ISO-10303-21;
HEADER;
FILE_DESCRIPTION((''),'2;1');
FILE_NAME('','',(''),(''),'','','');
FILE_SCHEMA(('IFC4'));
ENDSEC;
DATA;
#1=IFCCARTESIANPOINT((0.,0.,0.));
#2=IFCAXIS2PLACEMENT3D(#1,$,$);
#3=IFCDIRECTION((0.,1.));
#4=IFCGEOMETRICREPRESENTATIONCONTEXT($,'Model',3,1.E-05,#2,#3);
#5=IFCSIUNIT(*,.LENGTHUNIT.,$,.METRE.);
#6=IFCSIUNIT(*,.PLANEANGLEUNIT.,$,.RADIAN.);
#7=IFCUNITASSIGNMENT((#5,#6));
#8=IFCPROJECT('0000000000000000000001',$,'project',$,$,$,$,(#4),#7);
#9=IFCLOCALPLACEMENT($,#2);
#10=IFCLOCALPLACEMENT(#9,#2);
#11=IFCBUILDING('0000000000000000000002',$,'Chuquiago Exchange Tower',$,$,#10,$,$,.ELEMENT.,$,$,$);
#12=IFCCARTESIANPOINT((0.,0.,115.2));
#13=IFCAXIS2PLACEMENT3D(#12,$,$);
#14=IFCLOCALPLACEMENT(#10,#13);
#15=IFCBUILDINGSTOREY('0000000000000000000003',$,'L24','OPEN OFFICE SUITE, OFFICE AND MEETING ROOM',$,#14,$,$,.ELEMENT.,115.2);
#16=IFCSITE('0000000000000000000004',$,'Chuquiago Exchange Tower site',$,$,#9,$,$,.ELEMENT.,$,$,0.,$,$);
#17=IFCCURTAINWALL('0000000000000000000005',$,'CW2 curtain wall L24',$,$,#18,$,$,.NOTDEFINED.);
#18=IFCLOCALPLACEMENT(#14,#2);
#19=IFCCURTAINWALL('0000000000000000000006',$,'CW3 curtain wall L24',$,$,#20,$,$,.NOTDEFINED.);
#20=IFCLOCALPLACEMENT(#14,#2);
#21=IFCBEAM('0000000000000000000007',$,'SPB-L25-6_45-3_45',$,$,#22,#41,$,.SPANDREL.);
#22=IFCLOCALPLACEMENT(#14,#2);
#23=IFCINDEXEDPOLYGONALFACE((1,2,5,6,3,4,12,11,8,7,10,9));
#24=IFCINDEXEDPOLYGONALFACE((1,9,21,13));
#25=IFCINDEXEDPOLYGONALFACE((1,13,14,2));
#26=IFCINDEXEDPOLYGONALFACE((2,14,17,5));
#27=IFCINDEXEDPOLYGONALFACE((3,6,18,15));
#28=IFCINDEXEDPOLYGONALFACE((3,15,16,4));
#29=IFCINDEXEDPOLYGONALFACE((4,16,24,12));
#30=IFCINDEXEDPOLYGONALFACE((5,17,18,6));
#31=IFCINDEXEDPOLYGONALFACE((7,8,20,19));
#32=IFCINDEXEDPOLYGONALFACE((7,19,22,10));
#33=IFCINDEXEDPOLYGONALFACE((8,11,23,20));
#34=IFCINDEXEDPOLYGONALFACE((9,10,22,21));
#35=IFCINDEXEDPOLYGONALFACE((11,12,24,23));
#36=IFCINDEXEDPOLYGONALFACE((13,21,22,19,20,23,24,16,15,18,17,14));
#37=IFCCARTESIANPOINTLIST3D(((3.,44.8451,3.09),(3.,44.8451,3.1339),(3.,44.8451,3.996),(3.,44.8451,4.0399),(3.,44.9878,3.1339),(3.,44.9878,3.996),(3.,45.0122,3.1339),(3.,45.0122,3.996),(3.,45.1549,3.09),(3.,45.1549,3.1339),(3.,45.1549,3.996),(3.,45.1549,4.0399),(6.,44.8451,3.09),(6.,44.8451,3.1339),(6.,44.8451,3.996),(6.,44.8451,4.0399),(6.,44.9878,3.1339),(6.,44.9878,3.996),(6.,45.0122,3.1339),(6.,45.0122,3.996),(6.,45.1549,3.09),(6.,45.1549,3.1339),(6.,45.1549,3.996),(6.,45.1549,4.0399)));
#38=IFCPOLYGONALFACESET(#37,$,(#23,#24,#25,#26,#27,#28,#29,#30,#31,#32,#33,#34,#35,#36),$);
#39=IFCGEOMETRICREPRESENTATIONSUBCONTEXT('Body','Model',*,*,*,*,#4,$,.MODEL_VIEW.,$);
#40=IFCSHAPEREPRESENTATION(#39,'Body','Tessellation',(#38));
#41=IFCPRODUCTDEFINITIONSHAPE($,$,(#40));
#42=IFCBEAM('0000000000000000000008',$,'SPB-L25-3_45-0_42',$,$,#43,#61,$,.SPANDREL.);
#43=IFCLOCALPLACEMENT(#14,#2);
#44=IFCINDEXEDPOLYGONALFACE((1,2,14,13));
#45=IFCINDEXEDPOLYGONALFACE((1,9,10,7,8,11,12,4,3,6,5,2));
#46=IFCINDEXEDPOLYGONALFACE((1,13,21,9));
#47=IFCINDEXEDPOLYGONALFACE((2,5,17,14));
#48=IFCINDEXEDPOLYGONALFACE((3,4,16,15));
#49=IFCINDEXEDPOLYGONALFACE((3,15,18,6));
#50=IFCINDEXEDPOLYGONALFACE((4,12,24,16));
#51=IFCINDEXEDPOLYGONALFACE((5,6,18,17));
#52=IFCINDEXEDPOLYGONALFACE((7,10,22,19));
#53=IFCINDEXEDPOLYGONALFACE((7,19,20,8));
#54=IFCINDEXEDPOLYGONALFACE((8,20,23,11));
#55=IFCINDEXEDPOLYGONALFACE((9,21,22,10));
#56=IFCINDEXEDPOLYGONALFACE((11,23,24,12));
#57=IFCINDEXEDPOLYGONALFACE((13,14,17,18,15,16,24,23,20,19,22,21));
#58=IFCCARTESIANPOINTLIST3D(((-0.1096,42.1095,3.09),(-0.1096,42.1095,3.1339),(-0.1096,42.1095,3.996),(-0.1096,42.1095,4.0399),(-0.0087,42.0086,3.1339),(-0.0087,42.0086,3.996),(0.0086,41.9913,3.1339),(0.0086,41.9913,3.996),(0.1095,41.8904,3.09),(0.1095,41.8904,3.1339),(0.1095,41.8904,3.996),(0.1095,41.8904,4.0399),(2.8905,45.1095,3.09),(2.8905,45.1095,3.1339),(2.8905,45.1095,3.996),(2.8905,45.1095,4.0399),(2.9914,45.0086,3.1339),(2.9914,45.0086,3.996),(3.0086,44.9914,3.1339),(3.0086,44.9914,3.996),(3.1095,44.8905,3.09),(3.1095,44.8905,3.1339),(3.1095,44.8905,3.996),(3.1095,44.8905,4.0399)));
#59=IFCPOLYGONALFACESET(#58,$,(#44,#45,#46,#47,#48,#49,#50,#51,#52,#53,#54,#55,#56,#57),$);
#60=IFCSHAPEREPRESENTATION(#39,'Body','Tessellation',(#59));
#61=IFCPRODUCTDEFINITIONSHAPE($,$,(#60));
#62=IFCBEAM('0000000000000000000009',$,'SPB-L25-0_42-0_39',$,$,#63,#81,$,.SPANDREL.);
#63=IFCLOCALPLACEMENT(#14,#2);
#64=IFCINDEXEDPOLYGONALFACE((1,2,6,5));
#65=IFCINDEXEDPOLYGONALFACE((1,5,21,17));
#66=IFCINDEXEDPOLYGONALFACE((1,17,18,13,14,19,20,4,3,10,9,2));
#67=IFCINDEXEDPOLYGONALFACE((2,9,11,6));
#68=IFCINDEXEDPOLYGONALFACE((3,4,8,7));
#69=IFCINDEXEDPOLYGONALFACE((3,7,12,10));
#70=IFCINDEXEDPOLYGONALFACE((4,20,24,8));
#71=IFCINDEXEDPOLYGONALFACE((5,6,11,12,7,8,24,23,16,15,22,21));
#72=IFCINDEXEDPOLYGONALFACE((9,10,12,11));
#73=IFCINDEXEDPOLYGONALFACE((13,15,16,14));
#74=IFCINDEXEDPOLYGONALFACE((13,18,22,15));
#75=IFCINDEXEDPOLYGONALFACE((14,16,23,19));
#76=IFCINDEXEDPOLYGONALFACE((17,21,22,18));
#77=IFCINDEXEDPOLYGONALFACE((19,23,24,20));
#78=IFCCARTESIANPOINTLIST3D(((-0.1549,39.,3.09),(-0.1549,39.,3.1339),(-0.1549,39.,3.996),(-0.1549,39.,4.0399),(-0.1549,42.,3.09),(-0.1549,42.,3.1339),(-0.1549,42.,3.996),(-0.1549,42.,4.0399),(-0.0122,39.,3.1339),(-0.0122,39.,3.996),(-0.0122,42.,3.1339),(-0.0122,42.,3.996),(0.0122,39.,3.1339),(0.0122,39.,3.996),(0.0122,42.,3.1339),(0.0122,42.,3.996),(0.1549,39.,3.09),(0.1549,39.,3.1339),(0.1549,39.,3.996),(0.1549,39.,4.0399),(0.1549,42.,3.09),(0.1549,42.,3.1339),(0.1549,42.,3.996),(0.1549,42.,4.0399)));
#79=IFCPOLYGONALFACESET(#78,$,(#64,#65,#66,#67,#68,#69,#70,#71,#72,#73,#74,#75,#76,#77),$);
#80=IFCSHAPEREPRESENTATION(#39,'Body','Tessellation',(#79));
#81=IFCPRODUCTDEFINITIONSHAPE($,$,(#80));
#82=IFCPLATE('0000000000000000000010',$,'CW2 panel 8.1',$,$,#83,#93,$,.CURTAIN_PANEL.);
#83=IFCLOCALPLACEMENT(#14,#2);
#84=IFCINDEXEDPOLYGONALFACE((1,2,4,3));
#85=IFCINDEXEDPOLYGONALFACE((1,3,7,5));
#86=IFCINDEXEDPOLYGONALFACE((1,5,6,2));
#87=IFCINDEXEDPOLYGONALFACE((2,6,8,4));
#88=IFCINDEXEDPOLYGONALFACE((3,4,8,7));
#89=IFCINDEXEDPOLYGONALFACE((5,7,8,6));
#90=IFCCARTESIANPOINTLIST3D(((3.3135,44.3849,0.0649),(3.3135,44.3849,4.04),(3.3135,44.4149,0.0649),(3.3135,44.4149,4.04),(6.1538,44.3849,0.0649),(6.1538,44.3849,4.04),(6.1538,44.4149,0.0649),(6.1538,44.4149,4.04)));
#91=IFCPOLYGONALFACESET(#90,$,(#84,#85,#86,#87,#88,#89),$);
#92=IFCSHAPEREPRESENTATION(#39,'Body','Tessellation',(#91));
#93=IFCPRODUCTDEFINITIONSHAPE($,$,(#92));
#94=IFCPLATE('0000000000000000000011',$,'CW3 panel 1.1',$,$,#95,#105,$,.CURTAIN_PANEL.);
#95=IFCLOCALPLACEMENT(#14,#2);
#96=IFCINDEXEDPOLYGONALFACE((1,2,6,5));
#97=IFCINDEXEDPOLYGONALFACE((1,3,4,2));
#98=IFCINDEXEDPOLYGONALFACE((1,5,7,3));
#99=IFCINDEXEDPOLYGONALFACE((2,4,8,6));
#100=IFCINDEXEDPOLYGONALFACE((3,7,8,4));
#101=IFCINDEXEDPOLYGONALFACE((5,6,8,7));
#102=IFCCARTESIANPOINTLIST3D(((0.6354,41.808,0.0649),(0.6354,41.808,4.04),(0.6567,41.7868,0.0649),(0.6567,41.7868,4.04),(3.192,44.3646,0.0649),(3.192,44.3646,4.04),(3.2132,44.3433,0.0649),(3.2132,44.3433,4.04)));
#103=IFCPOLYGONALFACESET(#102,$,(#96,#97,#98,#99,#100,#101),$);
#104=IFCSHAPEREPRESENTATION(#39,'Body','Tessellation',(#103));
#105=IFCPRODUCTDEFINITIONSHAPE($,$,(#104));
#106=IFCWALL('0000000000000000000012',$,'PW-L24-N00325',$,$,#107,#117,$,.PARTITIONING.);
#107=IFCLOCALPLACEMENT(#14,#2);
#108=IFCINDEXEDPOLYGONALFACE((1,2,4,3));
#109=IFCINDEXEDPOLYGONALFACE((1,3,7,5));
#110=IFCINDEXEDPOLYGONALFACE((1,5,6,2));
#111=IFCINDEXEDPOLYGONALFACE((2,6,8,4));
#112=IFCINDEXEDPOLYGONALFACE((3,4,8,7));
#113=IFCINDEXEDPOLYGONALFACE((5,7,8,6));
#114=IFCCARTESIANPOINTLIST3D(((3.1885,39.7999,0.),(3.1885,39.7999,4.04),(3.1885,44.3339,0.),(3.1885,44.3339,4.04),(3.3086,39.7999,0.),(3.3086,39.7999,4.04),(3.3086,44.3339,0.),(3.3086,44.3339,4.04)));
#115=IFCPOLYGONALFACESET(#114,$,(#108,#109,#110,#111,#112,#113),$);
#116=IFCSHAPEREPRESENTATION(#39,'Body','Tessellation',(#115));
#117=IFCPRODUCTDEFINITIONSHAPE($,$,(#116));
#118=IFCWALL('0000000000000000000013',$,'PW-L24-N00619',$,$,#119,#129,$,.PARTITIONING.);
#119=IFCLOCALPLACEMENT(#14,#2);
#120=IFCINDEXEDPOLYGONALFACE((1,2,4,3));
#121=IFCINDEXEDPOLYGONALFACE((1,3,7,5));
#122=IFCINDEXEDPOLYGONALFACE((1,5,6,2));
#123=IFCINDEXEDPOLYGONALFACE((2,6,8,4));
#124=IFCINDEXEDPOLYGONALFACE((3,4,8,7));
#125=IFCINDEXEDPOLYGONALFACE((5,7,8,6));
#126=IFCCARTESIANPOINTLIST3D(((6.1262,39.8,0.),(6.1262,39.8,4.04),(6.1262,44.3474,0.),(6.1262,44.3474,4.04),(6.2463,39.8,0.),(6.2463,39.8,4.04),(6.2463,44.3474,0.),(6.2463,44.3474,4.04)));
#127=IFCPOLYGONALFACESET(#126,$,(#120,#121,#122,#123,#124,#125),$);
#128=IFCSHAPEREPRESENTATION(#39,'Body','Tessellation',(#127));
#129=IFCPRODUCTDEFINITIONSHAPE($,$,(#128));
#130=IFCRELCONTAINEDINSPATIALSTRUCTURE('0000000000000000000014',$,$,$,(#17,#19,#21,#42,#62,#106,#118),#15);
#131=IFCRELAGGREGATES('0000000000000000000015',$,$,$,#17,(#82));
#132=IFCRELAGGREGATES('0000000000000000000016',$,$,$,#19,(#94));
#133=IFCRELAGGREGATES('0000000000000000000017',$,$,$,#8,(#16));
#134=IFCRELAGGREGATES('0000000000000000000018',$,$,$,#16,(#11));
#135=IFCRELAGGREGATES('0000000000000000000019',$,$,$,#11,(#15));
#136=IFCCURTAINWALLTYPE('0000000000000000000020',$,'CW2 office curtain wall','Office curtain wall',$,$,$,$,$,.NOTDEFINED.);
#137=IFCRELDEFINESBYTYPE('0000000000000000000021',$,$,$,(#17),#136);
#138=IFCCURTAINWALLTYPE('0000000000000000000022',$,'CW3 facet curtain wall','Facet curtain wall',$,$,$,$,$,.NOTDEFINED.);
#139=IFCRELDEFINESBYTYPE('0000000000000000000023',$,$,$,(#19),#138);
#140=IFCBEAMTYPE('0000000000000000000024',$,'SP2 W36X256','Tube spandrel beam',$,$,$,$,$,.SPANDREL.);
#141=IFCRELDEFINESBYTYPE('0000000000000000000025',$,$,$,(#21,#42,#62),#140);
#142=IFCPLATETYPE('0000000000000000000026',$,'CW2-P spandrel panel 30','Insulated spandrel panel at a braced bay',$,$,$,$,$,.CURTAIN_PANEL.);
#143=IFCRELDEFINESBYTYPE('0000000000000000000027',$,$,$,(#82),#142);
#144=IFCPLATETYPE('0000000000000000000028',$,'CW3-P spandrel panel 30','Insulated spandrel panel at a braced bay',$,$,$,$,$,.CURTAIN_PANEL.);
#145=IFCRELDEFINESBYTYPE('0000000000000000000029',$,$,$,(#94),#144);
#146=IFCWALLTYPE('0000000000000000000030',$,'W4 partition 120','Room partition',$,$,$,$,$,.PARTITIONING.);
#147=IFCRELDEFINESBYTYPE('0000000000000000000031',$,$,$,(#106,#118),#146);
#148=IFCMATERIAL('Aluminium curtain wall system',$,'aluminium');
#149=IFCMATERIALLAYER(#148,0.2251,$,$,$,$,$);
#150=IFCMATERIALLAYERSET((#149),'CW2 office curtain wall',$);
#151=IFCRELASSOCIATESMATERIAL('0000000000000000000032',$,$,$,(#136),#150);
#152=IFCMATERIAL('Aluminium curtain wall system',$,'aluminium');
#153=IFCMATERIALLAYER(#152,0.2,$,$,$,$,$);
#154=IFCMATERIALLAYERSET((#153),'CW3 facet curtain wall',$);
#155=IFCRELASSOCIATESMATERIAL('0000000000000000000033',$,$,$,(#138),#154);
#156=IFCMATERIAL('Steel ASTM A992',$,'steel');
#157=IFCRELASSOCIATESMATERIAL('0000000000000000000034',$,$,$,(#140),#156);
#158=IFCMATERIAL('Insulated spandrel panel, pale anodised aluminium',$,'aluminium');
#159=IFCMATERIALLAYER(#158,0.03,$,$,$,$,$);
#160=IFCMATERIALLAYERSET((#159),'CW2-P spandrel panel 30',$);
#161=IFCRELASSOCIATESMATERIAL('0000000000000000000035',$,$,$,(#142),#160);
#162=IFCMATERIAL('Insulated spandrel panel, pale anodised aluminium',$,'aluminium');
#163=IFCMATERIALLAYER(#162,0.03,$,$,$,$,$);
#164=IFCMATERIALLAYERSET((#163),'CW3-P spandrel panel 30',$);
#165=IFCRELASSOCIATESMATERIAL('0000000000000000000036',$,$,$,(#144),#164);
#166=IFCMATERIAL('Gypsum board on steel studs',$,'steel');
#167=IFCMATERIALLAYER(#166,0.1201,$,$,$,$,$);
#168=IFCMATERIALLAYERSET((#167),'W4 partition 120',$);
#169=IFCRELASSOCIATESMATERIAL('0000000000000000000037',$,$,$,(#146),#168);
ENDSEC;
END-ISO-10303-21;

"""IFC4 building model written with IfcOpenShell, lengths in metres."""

from ifc_helpers import new_model, si_unit, direction, frame, frame_2d, origin, origin_2d, place, context, subcontext, project, spatial, rectangle, i_section, extrude, material, layer, layer_set, material_profile, profile_set, type_object, element, aggregate, save


model = new_model("IFC4")

# Units and contexts
model_context = context("Model", 3, precision=1e-05, world=origin(), true_north=direction((0.0, 1.0)))
body_context = subcontext(model_context, "Body", "Model", "MODEL_VIEW")
ifc_project = project(units=[si_unit("LENGTHUNIT", "METRE"), si_unit("PLANEANGLEUNIT", "RADIAN")], contexts=[model_context])

# Site, building, storey
site_placement = place(None, origin())
site = spatial("IfcSite", under=ifc_project, at=site_placement, Name="Chuquiago Exchange Tower site", CompositionType="ELEMENT", RefElevation=0.0)
building_placement = place(site_placement, origin())
building = spatial("IfcBuilding", under=site, at=building_placement, Name="Chuquiago Exchange Tower", CompositionType="ELEMENT")
storey_placement = place(building_placement, frame((0.0, 0.0, 115.2)))
storey = spatial("IfcBuildingStorey", under=building, at=storey_placement, Name="L24", Description="OPEN OFFICE SUITE, OFFICE AND MEETING ROOM", CompositionType="ELEMENT", Elevation=115.2)

# Curtain walls
ifc_material_1 = material(Name="Aluminium curtain wall system", Category="aluminium")
ifc_layer_1 = layer(ifc_material_1, 0.2251)
ifc_layer_set_1 = layer_set([ifc_layer_1], Name="CW2 office curtain wall")
curtain_wall_type_1 = type_object("IfcCurtainWallType", Name="CW2 office curtain wall", Description="Office curtain wall", PredefinedType="NOTDEFINED", material=ifc_layer_set_1)
curtain_wall_1_placement = place(storey_placement, origin())
curtain_wall_1 = element("IfcCurtainWall", 1, at=curtain_wall_1_placement, inside=storey, type_object=curtain_wall_type_1, Name="CW2 curtain wall L24", PredefinedType="NOTDEFINED")
ifc_material_2 = material(Name="Aluminium curtain wall system", Category="aluminium")
ifc_layer_2 = layer(ifc_material_2, 0.2)
ifc_layer_set_2 = layer_set([ifc_layer_2], Name="CW3 facet curtain wall")
curtain_wall_type_2 = type_object("IfcCurtainWallType", Name="CW3 facet curtain wall", Description="Facet curtain wall", PredefinedType="NOTDEFINED", material=ifc_layer_set_2)
curtain_wall_2_placement = place(storey_placement, origin())
curtain_wall_2 = element("IfcCurtainWall", 2, at=curtain_wall_2_placement, inside=storey, type_object=curtain_wall_type_2, Name="CW3 curtain wall L24", PredefinedType="NOTDEFINED")

# Beams
ifc_material_3 = material(Name="Steel ASTM A992", Category="steel")
ifc_material_profile_1 = material_profile(ifc_material_3, i_section(OverallWidth=0.3098, OverallDepth=0.95, WebThickness=0.0244, FlangeThickness=0.0439, at=origin_2d()), Name="W36X256")
ifc_profile_set_1 = profile_set([ifc_material_profile_1], Name="Steel ASTM A992")
beam_type = type_object("IfcBeamType", Name="SP2 W36X256", Description="Tube spandrel beam", PredefinedType="SPANDREL", material=ifc_profile_set_1)
beam_1_placement = place(storey_placement, frame((6.0, 45.0, 3.5649), z_axis=(-1.0, 0.0, 0.0), x_axis=(0.0, -1.0, 0.0)))
element("IfcBeam", 3, at=beam_1_placement, inside=storey, type_object=beam_type, Name="SPB-L25-6_45-3_45", PredefinedType="SPANDREL", context=body_context, shape_type="SweptSolid", body=[
    extrude(i_section(OverallWidth=0.3098, OverallDepth=0.95, WebThickness=0.0244, FlangeThickness=0.0439, at=origin_2d()), origin(), (0.0, 0.0, 1.0), 3.0),
])
beam_2_placement = place(storey_placement, frame((3.0, 45.0, 3.5649), z_axis=(-0.707107, -0.707107, 0.0), x_axis=(0.707107, -0.707107, 0.0)))
element("IfcBeam", 4, at=beam_2_placement, inside=storey, type_object=beam_type, Name="SPB-L25-3_45-0_42", PredefinedType="SPANDREL", context=body_context, shape_type="SweptSolid", body=[
    extrude(i_section(OverallWidth=0.3098, OverallDepth=0.95, WebThickness=0.0244, FlangeThickness=0.0439, at=origin_2d()), origin(), (0.0, 0.0, 1.0), 4.2427),
])
beam_3_placement = place(storey_placement, frame((0.0, 42.0, 3.5649), z_axis=(0.0, -1.0, 0.0), x_axis=(1.0, 0.0, 0.0)))
element("IfcBeam", 5, at=beam_3_placement, inside=storey, type_object=beam_type, Name="SPB-L25-0_42-0_39", PredefinedType="SPANDREL", context=body_context, shape_type="SweptSolid", body=[
    extrude(i_section(OverallWidth=0.3098, OverallDepth=0.95, WebThickness=0.0244, FlangeThickness=0.0439, at=origin_2d()), origin(), (0.0, 0.0, 1.0), 3.0),
])

# Plates
ifc_material_4 = material(Name="Insulated spandrel panel, pale anodised aluminium", Category="aluminium")
ifc_layer_3 = layer(ifc_material_4, 0.03)
ifc_layer_set_3 = layer_set([ifc_layer_3], Name="CW2-P spandrel panel 30")
plate_type_1 = type_object("IfcPlateType", Name="CW2-P spandrel panel 30", Description="Insulated spandrel panel at a braced bay", PredefinedType="CURTAIN_PANEL", material=ifc_layer_set_3)
plate_1_placement = place(storey_placement, frame((4.7336, 44.3999, 0.0649), z_axis=(0.0, 0.0, 1.0), x_axis=(-1.0, 0.0, 0.0)))
plate_1 = element("IfcPlate", 6, at=plate_1_placement, type_object=plate_type_1, Name="CW2 panel 8.1", PredefinedType="CURTAIN_PANEL", context=body_context, shape_type="SweptSolid", body=[
    extrude(rectangle(XDim=2.8403, YDim=0.03, at=origin_2d()), origin(), (0.0, 0.0, 1.0), 3.9751),
])
aggregate(curtain_wall_1, [plate_1])
ifc_material_5 = material(Name="Insulated spandrel panel, pale anodised aluminium", Category="aluminium")
ifc_layer_4 = layer(ifc_material_5, 0.03)
ifc_layer_set_4 = layer_set([ifc_layer_4], Name="CW3-P spandrel panel 30")
plate_type_2 = type_object("IfcPlateType", Name="CW3-P spandrel panel 30", Description="Insulated spandrel panel at a braced bay", PredefinedType="CURTAIN_PANEL", material=ifc_layer_set_4)
plate_2_placement = place(storey_placement, frame((1.9243, 43.0757, 0.0649), z_axis=(0.0, 0.0, 1.0), x_axis=(-0.707107, -0.707107, 0.0)))
plate_2 = element("IfcPlate", 7, at=plate_2_placement, type_object=plate_type_2, Name="CW3 panel 1.1", PredefinedType="CURTAIN_PANEL", context=body_context, shape_type="SweptSolid", body=[
    extrude(rectangle(XDim=3.6155, YDim=0.03, at=origin_2d()), origin(), (0.0, 0.0, 1.0), 3.9751),
])
aggregate(curtain_wall_2, [plate_2])

# Walls
ifc_material_6 = material(Name="Gypsum board on steel studs", Category="steel")
ifc_layer_5 = layer(ifc_material_6, 0.1201)
ifc_layer_set_5 = layer_set([ifc_layer_5], Name="W4 partition 120")
wall_type = type_object("IfcWallType", Name="W4 partition 120", Description="Room partition", PredefinedType="PARTITIONING", material=ifc_layer_set_5)
wall_1_placement = place(storey_placement, frame((3.2485, 44.334, 0.0), z_axis=(0.0, 0.0, 1.0), x_axis=(0.0, -1.0, 0.0)))
element("IfcWall", 8, at=wall_1_placement, inside=storey, type_object=wall_type, Name="PW-L24-N00325", PredefinedType="PARTITIONING", context=body_context, shape_type="SweptSolid", body=[
    extrude(rectangle(XDim=4.5339, YDim=0.1201, at=frame_2d((2.2671, 0.0))), origin(), (0.0, 0.0, 1.0), 4.04),
])
wall_2_placement = place(storey_placement, frame((6.1863, 44.3474, 0.0), z_axis=(0.0, 0.0, 1.0), x_axis=(0.0, -1.0, 0.0)))
element("IfcWall", 9, at=wall_2_placement, inside=storey, type_object=wall_type, Name="PW-L24-N00619", PredefinedType="PARTITIONING", context=body_context, shape_type="SweptSolid", body=[
    extrude(rectangle(XDim=4.5474, YDim=0.1201, at=frame_2d((2.2737, 0.0))), origin(), (0.0, 0.0, 1.0), 4.04),
])

save(model, "model.ifc")
